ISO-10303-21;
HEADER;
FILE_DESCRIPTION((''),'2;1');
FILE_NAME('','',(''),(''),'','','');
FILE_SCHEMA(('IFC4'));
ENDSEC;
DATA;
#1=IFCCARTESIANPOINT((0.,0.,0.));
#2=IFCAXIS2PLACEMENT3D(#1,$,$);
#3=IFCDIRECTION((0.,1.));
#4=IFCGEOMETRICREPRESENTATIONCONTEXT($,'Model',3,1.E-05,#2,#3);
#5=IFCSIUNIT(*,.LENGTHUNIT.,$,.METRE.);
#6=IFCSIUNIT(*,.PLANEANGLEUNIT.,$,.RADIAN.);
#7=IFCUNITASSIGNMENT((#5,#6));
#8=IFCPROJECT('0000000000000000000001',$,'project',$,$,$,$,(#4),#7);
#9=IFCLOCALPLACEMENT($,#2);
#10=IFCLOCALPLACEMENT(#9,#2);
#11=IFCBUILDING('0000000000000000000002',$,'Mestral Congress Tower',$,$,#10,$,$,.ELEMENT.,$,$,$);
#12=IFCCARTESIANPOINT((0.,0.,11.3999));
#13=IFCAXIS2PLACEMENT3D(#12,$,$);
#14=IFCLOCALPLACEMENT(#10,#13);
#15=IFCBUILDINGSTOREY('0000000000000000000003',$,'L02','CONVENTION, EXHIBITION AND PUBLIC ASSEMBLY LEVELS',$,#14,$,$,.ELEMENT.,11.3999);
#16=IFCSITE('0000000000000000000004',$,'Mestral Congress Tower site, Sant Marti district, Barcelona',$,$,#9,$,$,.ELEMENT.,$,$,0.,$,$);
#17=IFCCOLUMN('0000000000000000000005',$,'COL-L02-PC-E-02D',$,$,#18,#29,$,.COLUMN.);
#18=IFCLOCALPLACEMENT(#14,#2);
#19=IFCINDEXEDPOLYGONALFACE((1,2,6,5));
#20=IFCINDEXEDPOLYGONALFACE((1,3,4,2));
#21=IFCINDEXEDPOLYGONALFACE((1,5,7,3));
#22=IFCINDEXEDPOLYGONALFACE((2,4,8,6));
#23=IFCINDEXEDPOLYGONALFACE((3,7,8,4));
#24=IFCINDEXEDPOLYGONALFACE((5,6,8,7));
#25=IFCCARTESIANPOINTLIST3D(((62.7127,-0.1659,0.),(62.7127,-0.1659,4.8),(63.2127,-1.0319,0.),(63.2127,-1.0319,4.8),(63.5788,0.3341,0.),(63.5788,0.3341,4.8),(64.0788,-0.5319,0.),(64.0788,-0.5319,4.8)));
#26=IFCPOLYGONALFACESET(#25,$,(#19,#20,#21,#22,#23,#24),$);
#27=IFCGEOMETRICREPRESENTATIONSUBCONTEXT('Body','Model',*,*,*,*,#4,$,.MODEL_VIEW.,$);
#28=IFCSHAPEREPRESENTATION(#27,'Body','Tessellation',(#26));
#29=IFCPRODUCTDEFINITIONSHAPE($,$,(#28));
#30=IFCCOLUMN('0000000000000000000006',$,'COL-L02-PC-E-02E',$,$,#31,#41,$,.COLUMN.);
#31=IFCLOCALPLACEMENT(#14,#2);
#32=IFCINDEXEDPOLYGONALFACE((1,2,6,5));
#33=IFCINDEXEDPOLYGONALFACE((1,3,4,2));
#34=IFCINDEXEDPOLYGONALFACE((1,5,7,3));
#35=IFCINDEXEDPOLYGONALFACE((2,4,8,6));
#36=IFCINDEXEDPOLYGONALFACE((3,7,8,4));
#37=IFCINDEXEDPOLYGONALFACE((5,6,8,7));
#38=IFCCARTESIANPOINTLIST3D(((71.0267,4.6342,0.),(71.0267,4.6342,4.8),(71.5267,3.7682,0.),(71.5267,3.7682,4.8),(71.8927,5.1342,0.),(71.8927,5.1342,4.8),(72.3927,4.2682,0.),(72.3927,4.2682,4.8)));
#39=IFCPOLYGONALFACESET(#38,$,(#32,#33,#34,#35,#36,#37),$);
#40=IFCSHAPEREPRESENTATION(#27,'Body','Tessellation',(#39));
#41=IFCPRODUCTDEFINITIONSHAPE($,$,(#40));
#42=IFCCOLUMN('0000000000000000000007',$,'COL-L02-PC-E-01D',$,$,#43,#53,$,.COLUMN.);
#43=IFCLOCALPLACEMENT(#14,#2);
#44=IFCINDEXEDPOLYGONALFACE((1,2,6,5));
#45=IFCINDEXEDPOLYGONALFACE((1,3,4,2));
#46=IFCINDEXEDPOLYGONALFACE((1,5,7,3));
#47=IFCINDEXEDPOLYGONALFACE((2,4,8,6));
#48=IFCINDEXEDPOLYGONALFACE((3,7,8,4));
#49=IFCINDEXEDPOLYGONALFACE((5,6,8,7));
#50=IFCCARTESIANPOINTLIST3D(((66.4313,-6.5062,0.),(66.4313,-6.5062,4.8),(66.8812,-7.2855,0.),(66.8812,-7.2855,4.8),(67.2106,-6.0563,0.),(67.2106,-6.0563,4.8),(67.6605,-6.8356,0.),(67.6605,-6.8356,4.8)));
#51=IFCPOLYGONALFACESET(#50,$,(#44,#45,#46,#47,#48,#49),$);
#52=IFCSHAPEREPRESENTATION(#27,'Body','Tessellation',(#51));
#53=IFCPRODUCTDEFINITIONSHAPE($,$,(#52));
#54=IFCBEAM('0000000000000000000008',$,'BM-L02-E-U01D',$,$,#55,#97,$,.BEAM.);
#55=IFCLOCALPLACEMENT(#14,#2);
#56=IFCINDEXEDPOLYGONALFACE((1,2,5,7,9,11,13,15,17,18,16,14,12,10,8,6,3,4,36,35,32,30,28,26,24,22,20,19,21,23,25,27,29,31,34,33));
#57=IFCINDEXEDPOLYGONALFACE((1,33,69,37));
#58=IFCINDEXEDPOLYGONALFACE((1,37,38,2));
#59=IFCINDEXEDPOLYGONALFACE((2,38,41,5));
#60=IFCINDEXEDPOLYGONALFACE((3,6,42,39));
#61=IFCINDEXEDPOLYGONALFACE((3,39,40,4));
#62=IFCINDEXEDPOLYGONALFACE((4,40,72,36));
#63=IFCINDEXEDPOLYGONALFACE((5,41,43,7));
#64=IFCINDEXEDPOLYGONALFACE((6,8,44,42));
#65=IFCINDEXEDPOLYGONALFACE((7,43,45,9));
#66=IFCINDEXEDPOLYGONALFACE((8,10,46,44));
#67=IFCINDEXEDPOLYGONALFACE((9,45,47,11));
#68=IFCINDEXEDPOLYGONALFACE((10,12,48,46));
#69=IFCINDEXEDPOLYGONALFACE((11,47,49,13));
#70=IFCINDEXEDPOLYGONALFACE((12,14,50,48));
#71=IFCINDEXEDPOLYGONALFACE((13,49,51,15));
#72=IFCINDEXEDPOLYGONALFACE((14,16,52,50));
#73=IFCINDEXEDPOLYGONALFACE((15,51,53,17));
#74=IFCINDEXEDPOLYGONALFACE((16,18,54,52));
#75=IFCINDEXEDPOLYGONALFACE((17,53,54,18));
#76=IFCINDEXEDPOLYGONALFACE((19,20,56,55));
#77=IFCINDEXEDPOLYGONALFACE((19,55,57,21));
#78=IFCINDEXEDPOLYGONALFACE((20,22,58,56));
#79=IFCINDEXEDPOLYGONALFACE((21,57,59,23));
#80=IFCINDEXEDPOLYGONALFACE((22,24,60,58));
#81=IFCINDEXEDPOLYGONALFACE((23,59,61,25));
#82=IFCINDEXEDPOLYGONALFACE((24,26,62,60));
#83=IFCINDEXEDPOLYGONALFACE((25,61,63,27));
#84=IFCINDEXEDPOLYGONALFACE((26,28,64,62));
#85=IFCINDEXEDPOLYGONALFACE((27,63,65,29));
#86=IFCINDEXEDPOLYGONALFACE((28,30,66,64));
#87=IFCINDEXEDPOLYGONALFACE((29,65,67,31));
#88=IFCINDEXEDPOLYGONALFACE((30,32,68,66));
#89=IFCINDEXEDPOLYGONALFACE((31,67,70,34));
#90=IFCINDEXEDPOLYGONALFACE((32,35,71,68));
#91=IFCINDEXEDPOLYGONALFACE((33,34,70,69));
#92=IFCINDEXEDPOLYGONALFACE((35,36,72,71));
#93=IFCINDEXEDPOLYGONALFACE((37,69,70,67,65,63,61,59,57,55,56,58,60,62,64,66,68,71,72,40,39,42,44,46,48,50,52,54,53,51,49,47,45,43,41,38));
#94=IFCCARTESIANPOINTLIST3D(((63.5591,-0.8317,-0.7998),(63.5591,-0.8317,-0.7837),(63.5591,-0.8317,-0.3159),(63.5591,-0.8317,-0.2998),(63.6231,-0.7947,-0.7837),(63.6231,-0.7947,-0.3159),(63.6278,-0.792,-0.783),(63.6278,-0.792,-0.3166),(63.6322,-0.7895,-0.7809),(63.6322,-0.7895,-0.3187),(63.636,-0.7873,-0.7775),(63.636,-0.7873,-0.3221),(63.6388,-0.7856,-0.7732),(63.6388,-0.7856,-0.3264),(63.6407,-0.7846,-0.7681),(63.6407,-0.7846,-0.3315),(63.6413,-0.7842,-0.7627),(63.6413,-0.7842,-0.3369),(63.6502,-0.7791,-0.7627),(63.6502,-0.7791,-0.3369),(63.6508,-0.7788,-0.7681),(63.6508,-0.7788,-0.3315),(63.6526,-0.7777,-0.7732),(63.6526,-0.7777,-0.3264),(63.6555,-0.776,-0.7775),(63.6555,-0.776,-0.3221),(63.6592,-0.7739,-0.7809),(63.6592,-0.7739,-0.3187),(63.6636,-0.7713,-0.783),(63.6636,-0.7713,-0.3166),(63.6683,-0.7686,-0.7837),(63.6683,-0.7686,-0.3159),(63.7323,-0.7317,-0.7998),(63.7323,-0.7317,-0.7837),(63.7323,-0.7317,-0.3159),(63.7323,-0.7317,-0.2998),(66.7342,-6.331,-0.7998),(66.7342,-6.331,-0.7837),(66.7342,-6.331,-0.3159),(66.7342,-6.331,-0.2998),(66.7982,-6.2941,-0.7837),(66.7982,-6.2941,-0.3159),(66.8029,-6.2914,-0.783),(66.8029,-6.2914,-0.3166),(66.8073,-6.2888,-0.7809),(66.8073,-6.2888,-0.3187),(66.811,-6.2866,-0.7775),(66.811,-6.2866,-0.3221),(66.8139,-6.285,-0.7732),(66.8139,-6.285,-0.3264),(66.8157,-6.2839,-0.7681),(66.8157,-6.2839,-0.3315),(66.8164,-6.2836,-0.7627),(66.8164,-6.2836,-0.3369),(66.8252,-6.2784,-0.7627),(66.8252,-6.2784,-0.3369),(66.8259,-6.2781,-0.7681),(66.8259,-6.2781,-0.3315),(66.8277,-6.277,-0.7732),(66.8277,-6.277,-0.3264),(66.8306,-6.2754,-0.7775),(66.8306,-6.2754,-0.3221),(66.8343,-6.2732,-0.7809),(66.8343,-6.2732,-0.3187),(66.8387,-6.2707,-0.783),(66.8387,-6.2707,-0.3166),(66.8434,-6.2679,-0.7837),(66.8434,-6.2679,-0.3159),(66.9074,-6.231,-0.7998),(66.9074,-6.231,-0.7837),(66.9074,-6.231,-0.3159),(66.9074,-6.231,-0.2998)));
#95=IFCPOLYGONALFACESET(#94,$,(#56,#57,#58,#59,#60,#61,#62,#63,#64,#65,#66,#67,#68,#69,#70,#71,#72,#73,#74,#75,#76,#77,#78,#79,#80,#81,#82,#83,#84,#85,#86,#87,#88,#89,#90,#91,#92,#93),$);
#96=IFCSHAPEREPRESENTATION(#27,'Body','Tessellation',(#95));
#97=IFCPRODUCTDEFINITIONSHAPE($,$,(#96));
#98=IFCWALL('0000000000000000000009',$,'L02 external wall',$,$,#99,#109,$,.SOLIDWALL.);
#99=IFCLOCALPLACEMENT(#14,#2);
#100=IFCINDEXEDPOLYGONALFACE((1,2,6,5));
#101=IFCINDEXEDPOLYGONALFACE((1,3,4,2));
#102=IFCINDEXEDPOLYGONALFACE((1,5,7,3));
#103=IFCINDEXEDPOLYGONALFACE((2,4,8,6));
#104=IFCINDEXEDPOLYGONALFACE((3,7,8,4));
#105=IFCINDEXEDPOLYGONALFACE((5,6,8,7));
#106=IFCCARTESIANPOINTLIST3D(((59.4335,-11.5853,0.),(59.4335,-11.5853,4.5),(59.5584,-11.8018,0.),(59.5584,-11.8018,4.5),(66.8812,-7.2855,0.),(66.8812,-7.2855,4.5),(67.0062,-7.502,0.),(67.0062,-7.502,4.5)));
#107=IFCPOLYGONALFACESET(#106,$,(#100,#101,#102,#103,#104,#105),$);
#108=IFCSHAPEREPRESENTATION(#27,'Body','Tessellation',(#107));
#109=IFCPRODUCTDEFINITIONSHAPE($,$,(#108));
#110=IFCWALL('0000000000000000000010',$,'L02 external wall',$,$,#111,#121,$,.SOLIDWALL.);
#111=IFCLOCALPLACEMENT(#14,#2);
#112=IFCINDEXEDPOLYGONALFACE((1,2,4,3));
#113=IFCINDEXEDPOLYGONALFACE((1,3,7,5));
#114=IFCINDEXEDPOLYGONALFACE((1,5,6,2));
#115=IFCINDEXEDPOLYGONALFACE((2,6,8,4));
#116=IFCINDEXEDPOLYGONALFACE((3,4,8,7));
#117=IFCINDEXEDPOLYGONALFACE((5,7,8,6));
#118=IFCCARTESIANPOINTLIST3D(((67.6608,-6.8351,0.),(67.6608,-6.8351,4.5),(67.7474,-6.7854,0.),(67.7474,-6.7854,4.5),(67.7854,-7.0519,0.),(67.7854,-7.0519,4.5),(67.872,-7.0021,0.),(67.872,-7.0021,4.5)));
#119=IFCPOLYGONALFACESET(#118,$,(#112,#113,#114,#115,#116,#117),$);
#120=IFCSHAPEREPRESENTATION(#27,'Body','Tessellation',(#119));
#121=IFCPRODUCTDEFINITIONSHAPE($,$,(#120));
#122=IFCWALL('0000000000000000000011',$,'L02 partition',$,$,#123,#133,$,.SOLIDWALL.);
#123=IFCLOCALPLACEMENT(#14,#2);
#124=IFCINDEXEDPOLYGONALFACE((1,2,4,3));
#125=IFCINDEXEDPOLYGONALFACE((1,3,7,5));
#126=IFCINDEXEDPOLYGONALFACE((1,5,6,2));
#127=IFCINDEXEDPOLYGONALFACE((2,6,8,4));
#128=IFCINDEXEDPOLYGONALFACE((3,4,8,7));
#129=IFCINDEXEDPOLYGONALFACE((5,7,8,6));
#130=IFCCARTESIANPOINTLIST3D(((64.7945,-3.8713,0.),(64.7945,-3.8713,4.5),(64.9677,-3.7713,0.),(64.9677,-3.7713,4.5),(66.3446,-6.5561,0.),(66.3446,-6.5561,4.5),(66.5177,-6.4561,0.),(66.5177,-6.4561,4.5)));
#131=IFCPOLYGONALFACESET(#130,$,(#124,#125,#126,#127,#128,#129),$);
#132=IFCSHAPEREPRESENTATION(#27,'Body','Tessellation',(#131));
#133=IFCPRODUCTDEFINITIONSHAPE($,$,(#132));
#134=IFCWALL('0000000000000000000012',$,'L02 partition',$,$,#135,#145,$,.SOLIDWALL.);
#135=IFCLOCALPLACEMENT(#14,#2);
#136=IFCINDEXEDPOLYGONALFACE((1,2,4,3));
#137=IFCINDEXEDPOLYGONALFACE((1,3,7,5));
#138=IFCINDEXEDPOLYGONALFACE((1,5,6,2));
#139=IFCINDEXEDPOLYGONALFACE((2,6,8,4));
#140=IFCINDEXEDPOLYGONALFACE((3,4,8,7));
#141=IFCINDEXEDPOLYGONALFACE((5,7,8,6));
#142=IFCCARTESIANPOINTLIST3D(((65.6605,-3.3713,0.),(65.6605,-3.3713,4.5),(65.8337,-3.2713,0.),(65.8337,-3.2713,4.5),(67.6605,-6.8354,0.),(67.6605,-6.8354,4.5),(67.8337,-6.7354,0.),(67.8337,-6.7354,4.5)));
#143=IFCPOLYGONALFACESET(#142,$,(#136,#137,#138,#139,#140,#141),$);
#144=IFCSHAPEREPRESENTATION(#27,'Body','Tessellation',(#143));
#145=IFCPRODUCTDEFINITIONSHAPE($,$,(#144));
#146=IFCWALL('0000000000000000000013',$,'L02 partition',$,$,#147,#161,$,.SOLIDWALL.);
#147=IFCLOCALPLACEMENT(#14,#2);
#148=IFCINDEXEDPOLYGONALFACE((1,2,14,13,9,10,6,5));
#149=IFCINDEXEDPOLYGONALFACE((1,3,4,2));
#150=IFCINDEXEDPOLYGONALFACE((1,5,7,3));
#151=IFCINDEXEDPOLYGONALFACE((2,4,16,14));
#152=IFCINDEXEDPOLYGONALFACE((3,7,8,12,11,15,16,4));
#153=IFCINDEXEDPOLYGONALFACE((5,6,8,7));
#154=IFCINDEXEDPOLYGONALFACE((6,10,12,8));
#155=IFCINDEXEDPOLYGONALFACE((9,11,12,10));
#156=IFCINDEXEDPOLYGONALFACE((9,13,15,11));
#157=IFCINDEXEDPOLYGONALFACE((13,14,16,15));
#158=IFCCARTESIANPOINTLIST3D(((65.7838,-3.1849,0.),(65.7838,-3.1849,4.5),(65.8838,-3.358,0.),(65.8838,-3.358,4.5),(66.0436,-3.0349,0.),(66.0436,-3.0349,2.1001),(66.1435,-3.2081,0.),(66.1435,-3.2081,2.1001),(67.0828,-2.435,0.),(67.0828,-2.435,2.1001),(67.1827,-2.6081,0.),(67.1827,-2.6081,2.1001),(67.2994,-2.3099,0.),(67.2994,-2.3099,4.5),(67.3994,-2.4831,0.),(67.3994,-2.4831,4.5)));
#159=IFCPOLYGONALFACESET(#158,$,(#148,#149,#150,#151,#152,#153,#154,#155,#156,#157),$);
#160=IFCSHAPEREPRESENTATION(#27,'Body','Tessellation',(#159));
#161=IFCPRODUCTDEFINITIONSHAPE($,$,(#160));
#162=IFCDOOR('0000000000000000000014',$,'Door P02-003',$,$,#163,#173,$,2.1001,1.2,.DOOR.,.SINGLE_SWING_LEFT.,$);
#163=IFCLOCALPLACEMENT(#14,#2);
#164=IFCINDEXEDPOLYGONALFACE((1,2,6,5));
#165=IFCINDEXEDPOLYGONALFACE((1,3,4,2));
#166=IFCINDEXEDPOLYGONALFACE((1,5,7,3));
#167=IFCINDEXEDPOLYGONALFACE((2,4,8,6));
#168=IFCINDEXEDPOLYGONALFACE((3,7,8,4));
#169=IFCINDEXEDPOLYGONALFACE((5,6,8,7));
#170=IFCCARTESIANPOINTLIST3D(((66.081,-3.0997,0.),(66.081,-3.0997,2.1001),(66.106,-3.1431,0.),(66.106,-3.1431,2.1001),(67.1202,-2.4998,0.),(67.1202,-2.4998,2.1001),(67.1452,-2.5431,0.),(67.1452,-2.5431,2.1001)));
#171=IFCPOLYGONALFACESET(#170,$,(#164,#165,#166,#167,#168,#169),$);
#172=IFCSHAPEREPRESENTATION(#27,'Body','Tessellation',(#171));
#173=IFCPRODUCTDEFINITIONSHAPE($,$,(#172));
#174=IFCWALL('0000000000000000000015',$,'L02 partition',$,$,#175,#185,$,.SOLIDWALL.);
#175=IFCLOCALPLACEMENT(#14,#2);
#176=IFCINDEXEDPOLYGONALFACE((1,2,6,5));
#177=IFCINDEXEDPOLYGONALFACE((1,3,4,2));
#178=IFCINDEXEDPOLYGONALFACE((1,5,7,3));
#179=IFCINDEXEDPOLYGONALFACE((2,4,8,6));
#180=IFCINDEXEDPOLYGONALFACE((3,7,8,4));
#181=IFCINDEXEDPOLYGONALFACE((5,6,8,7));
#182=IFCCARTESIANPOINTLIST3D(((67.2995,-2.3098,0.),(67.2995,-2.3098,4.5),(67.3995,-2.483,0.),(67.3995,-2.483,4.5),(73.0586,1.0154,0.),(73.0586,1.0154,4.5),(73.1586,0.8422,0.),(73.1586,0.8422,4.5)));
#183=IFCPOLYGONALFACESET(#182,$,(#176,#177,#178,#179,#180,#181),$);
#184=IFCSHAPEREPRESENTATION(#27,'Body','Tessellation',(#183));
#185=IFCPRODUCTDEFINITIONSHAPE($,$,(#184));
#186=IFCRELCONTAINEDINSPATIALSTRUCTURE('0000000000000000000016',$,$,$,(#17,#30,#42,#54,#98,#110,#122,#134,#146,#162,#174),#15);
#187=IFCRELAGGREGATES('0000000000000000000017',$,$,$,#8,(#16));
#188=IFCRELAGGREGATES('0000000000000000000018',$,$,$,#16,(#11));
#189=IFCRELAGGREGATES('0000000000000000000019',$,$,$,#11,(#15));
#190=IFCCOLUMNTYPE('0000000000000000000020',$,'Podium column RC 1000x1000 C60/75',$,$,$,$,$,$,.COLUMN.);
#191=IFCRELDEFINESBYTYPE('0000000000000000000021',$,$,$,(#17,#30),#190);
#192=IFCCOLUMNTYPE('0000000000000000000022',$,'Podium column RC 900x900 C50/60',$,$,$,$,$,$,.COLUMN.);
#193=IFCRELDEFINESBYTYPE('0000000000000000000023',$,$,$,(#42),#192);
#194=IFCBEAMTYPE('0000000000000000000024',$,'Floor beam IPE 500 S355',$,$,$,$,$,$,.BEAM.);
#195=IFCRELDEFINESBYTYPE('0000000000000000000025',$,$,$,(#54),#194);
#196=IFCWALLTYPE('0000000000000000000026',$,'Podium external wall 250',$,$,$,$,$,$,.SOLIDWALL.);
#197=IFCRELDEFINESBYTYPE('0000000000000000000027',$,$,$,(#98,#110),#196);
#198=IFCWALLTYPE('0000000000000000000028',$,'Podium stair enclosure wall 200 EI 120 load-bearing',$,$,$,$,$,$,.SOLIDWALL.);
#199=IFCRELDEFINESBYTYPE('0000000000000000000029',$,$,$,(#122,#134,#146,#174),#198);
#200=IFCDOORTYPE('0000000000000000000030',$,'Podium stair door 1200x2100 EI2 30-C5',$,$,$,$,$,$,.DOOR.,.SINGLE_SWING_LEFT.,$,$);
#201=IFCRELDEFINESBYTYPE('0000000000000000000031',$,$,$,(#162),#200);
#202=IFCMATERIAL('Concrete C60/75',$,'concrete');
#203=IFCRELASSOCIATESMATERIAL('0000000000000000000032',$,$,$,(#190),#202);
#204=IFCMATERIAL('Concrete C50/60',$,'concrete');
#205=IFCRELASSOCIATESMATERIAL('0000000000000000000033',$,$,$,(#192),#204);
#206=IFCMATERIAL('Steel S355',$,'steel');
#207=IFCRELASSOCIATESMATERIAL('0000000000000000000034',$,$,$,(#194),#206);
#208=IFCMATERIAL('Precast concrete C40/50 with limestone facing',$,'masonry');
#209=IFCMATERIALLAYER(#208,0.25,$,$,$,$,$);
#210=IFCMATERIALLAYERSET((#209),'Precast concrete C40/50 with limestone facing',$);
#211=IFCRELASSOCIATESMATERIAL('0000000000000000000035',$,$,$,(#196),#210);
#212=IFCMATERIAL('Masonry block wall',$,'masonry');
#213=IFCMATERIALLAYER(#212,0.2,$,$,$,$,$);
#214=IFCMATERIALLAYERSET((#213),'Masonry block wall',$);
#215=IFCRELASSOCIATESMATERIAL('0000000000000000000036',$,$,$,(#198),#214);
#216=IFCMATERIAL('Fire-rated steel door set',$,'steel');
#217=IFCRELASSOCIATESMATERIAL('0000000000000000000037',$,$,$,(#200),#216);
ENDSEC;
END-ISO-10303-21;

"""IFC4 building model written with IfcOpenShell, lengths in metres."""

from ifc_helpers import new_model, si_unit, direction, frame, frame_2d, origin, origin_2d, place, context, subcontext, project, spatial, rectangle, i_section, extrude, material, layer, layer_set, material_profile, profile_set, type_object, element, fill, save


model = new_model("IFC4")

# Units and contexts
model_context = context("Model", 3, precision=1e-05, world=origin(), true_north=direction((0.0, 1.0)))
body_context = subcontext(model_context, "Body", "Model", "MODEL_VIEW")
ifc_project = project(units=[si_unit("LENGTHUNIT", "METRE"), si_unit("PLANEANGLEUNIT", "RADIAN")], contexts=[model_context])

# Site, building, storey
site_placement = place(None, origin())
site = spatial("IfcSite", under=ifc_project, at=site_placement, Name="Mestral Congress Tower site, Sant Marti district, Barcelona", CompositionType="ELEMENT", RefElevation=0.0)
building_placement = place(site_placement, origin())
building = spatial("IfcBuilding", under=site, at=building_placement, Name="Mestral Congress Tower", CompositionType="ELEMENT")
storey_placement = place(building_placement, frame((0.0, 0.0, 11.3999)))
storey = spatial("IfcBuildingStorey", under=building, at=storey_placement, Name="L02", Description="CONVENTION, EXHIBITION AND PUBLIC ASSEMBLY LEVELS", CompositionType="ELEMENT", Elevation=11.3999)

# Columns
ifc_material_1 = material(Name="Concrete C60/75", Category="concrete")
ifc_material_profile_1 = material_profile(ifc_material_1, rectangle(XDim=1.0, YDim=1.0, at=origin_2d()), Name="RC 1000x1000")
ifc_profile_set_1 = profile_set([ifc_material_profile_1], Name="Concrete C60/75")
column_type_1 = type_object("IfcColumnType", Name="Podium column RC 1000x1000 C60/75", PredefinedType="COLUMN", material=ifc_profile_set_1)
for number, where, z_axis, x_axis, name in (
    (1, (63.3958, -0.3489, 0.0), (0.0, 0.0, 1.0), (-0.5, 0.866025, 0.0), "COL-L02-PC-E-02D"),
    (2, (71.7097, 4.4512, 0.0), (0.0, 0.0, 1.0), (-0.5, 0.866025, 0.0), "COL-L02-PC-E-02E"),
):
    element("IfcColumn", number, at=place(storey_placement, frame(where, z_axis=z_axis, x_axis=x_axis)), inside=storey, type_object=column_type_1, Name=name, PredefinedType="COLUMN", context=body_context, shape_type="SweptSolid", body=[
        extrude(rectangle(XDim=1.0, YDim=1.0, at=origin_2d()), origin(), (0.0, 0.0, 1.0), 4.8),
    ])
ifc_material_2 = material(Name="Concrete C50/60", Category="concrete")
ifc_material_profile_2 = material_profile(ifc_material_2, rectangle(XDim=0.8999, YDim=0.8999, at=origin_2d()), Name="RC 900x900")
ifc_profile_set_2 = profile_set([ifc_material_profile_2], Name="Concrete C50/60")
column_type_2 = type_object("IfcColumnType", Name="Podium column RC 900x900 C50/60", PredefinedType="COLUMN", material=ifc_profile_set_2)
column_placement = place(storey_placement, frame((67.0459, -6.6709, 0.0), z_axis=(0.0, 0.0, 1.0), x_axis=(-0.5, 0.866025, 0.0)))
element("IfcColumn", 3, at=column_placement, inside=storey, type_object=column_type_2, Name="COL-L02-PC-E-01D", PredefinedType="COLUMN", context=body_context, shape_type="SweptSolid", body=[
    extrude(rectangle(XDim=0.8999, YDim=0.8999, at=origin_2d()), origin(), (0.0, 0.0, 1.0), 4.8),
])

# Beam
ifc_material_3 = material(Name="Steel S355", Category="steel")
ifc_material_profile_3 = material_profile(ifc_material_3, i_section(OverallWidth=0.2, OverallDepth=0.5, WebThickness=0.0103, FlangeThickness=0.0161, FilletRadius=0.021, at=origin_2d()), Name="IPE 500")
ifc_profile_set_3 = profile_set([ifc_material_profile_3], Name="Steel S355")
beam_type = type_object("IfcBeamType", Name="Floor beam IPE 500 S355", PredefinedType="BEAM", material=ifc_profile_set_3)
beam_placement = place(storey_placement, frame((66.8208, -6.281, -0.5498), z_axis=(-0.500005, 0.866022, 0.0), x_axis=(-0.866022, -0.500005, 0.0)))
element("IfcBeam", 4, at=beam_placement, inside=storey, type_object=beam_type, Name="BM-L02-E-U01D", PredefinedType="BEAM", context=body_context, shape_type="SweptSolid", body=[
    extrude(i_section(OverallWidth=0.2, OverallDepth=0.5, WebThickness=0.0103, FlangeThickness=0.0161, FilletRadius=0.021, at=origin_2d()), origin(), (0.0, 0.0, 1.0), 6.3501),
])

# Walls
ifc_material_4 = material(Name="Precast concrete C40/50 with limestone facing", Category="masonry")
ifc_layer_1 = layer(ifc_material_4, 0.25)
ifc_layer_set_1 = layer_set([ifc_layer_1], Name="Precast concrete C40/50 with limestone facing")
wall_type_1 = type_object("IfcWallType", Name="Podium external wall 250", PredefinedType="SOLIDWALL", material=ifc_layer_set_1)
wall_1_placement = place(storey_placement, frame((66.9436, -7.3938, 0.0), z_axis=(0.0, 0.0, 1.0), x_axis=(-0.866033, -0.499986, 0.0)))
element("IfcWall", 5, at=wall_1_placement, inside=storey, type_object=wall_type_1, Name="L02 external wall", PredefinedType="SOLIDWALL", context=body_context, shape_type="SweptSolid", body=[
    extrude(rectangle(XDim=8.5999, YDim=0.25, at=frame_2d((4.2998, 0.0))), origin(), (0.0, 0.0, 1.0), 4.5),
])
wall_2_placement = place(storey_placement, frame((67.8096, -6.8938, 0.0), z_axis=(0.0, 0.0, 1.0), x_axis=(-0.867038, -0.498242, 0.0)))
element("IfcWall", 6, at=wall_2_placement, inside=storey, type_object=wall_type_1, Name="L02 external wall", PredefinedType="SOLIDWALL", context=body_context, shape_type="SweptSolid", body=[
    extrude(rectangle(XDim=0.0999, YDim=0.25, at=frame_2d((0.0498, 0.0))), origin(), (0.0, 0.0, 1.0), 4.5),
])
ifc_material_5 = material(Name="Masonry block wall", Category="masonry")
ifc_layer_2 = layer(ifc_material_5, 0.2)
ifc_layer_set_2 = layer_set([ifc_layer_2], Name="Masonry block wall")
wall_type_2 = type_object("IfcWallType", Name="Podium stair enclosure wall 200 EI 120 load-bearing", PredefinedType="SOLIDWALL", material=ifc_layer_set_2)
wall_3_placement = place(storey_placement, frame((66.4312, -6.5061, 0.0), z_axis=(0.0, 0.0, 1.0), x_axis=(-0.499993, 0.86603, 0.0)))
element("IfcWall", 7, at=wall_3_placement, inside=storey, type_object=wall_type_2, Name="L02 partition", PredefinedType="SOLIDWALL", context=body_context, shape_type="SweptSolid", body=[
    extrude(rectangle(XDim=3.1001, YDim=0.2, at=frame_2d((1.55, 0.0))), origin(), (0.0, 0.0, 1.0), 4.5),
])
wall_4_placement = place(storey_placement, frame((67.7471, -6.7854, 0.0), z_axis=(0.0, 0.0, 1.0), x_axis=(-0.499999, 0.866026, 0.0)))
element("IfcWall", 8, at=wall_4_placement, inside=storey, type_object=wall_type_2, Name="L02 partition", PredefinedType="SOLIDWALL", context=body_context, shape_type="SweptSolid", body=[
    extrude(rectangle(XDim=4.0, YDim=0.2, at=frame_2d((2.0, 0.0))), origin(), (0.0, 0.0, 1.0), 4.5),
])

# Wall, opening, door
wall_5_placement = place(storey_placement, frame((67.3494, -2.3965, 0.0), z_axis=(0.0, 0.0, 1.0), x_axis=(-0.866037, -0.49998, 0.0)))
wall_5 = element("IfcWall", 9, at=wall_5_placement, inside=storey, type_object=wall_type_2, Name="L02 partition", PredefinedType="SOLIDWALL", context=body_context, shape_type="SweptSolid", body=[
    extrude(rectangle(XDim=1.75, YDim=0.2, at=frame_2d((0.875, 0.0))), origin(), (0.0, 0.0, 1.0), 4.5),
])
opening_1_placement = place(wall_5_placement, frame((0.25, 0.0, 0.0)))
opening_1 = element("IfcOpeningElement", 10, at=opening_1_placement, cuts=wall_5, PredefinedType="OPENING", context=body_context, shape_type="SweptSolid", body=[
    extrude(rectangle(XDim=1.2, YDim=2.1001, at=frame_2d((0.6001, 1.05))), frame((0.0, 0.1099, 0.0), z_axis=(0.0, -1.0, 0.0), x_axis=(1.0, 0.0, 0.0)), (0.0, 0.0, 1.0), 0.22),
])
ifc_material_6 = material(Name="Fire-rated steel door set", Category="steel")
door_type_1 = type_object("IfcDoorType", Name="Podium stair door 1200x2100 EI2 30-C5", OperationType="SINGLE_SWING_LEFT", PredefinedType="DOOR", material=ifc_material_6)
door_1_placement = place(opening_1_placement, origin())
door_1 = element("IfcDoor", 11, at=door_1_placement, inside=storey, type_object=door_type_1, Name="Door P02-003", OperationType="SINGLE_SWING_LEFT", OverallHeight=2.1001, OverallWidth=1.2, PredefinedType="DOOR", context=body_context, shape_type="SweptSolid", body=[
    extrude(rectangle(XDim=1.2, YDim=2.1001, at=frame_2d((0.6001, 1.05))), frame((0.0, 0.0249, 0.0), z_axis=(0.0, -1.0, 0.0), x_axis=(1.0, 0.0, 0.0)), (0.0, 0.0, 1.0), 0.05),
])
fill(opening_1, door_1)

# Wall
wall_6_placement = place(storey_placement, frame((67.3494, -2.3965, 0.0), z_axis=(0.0, 0.0, 1.0), x_axis=(0.866011, 0.500024, 0.0)))
element("IfcWall", 12, at=wall_6_placement, inside=storey, type_object=wall_type_2, Name="L02 partition", PredefinedType="SOLIDWALL", context=body_context, shape_type="SweptSolid", body=[
    extrude(rectangle(XDim=6.6501, YDim=0.2, at=frame_2d((3.3252, 0.0))), origin(), (0.0, 0.0, 1.0), 4.5),
])

save(model, "model.ifc")
